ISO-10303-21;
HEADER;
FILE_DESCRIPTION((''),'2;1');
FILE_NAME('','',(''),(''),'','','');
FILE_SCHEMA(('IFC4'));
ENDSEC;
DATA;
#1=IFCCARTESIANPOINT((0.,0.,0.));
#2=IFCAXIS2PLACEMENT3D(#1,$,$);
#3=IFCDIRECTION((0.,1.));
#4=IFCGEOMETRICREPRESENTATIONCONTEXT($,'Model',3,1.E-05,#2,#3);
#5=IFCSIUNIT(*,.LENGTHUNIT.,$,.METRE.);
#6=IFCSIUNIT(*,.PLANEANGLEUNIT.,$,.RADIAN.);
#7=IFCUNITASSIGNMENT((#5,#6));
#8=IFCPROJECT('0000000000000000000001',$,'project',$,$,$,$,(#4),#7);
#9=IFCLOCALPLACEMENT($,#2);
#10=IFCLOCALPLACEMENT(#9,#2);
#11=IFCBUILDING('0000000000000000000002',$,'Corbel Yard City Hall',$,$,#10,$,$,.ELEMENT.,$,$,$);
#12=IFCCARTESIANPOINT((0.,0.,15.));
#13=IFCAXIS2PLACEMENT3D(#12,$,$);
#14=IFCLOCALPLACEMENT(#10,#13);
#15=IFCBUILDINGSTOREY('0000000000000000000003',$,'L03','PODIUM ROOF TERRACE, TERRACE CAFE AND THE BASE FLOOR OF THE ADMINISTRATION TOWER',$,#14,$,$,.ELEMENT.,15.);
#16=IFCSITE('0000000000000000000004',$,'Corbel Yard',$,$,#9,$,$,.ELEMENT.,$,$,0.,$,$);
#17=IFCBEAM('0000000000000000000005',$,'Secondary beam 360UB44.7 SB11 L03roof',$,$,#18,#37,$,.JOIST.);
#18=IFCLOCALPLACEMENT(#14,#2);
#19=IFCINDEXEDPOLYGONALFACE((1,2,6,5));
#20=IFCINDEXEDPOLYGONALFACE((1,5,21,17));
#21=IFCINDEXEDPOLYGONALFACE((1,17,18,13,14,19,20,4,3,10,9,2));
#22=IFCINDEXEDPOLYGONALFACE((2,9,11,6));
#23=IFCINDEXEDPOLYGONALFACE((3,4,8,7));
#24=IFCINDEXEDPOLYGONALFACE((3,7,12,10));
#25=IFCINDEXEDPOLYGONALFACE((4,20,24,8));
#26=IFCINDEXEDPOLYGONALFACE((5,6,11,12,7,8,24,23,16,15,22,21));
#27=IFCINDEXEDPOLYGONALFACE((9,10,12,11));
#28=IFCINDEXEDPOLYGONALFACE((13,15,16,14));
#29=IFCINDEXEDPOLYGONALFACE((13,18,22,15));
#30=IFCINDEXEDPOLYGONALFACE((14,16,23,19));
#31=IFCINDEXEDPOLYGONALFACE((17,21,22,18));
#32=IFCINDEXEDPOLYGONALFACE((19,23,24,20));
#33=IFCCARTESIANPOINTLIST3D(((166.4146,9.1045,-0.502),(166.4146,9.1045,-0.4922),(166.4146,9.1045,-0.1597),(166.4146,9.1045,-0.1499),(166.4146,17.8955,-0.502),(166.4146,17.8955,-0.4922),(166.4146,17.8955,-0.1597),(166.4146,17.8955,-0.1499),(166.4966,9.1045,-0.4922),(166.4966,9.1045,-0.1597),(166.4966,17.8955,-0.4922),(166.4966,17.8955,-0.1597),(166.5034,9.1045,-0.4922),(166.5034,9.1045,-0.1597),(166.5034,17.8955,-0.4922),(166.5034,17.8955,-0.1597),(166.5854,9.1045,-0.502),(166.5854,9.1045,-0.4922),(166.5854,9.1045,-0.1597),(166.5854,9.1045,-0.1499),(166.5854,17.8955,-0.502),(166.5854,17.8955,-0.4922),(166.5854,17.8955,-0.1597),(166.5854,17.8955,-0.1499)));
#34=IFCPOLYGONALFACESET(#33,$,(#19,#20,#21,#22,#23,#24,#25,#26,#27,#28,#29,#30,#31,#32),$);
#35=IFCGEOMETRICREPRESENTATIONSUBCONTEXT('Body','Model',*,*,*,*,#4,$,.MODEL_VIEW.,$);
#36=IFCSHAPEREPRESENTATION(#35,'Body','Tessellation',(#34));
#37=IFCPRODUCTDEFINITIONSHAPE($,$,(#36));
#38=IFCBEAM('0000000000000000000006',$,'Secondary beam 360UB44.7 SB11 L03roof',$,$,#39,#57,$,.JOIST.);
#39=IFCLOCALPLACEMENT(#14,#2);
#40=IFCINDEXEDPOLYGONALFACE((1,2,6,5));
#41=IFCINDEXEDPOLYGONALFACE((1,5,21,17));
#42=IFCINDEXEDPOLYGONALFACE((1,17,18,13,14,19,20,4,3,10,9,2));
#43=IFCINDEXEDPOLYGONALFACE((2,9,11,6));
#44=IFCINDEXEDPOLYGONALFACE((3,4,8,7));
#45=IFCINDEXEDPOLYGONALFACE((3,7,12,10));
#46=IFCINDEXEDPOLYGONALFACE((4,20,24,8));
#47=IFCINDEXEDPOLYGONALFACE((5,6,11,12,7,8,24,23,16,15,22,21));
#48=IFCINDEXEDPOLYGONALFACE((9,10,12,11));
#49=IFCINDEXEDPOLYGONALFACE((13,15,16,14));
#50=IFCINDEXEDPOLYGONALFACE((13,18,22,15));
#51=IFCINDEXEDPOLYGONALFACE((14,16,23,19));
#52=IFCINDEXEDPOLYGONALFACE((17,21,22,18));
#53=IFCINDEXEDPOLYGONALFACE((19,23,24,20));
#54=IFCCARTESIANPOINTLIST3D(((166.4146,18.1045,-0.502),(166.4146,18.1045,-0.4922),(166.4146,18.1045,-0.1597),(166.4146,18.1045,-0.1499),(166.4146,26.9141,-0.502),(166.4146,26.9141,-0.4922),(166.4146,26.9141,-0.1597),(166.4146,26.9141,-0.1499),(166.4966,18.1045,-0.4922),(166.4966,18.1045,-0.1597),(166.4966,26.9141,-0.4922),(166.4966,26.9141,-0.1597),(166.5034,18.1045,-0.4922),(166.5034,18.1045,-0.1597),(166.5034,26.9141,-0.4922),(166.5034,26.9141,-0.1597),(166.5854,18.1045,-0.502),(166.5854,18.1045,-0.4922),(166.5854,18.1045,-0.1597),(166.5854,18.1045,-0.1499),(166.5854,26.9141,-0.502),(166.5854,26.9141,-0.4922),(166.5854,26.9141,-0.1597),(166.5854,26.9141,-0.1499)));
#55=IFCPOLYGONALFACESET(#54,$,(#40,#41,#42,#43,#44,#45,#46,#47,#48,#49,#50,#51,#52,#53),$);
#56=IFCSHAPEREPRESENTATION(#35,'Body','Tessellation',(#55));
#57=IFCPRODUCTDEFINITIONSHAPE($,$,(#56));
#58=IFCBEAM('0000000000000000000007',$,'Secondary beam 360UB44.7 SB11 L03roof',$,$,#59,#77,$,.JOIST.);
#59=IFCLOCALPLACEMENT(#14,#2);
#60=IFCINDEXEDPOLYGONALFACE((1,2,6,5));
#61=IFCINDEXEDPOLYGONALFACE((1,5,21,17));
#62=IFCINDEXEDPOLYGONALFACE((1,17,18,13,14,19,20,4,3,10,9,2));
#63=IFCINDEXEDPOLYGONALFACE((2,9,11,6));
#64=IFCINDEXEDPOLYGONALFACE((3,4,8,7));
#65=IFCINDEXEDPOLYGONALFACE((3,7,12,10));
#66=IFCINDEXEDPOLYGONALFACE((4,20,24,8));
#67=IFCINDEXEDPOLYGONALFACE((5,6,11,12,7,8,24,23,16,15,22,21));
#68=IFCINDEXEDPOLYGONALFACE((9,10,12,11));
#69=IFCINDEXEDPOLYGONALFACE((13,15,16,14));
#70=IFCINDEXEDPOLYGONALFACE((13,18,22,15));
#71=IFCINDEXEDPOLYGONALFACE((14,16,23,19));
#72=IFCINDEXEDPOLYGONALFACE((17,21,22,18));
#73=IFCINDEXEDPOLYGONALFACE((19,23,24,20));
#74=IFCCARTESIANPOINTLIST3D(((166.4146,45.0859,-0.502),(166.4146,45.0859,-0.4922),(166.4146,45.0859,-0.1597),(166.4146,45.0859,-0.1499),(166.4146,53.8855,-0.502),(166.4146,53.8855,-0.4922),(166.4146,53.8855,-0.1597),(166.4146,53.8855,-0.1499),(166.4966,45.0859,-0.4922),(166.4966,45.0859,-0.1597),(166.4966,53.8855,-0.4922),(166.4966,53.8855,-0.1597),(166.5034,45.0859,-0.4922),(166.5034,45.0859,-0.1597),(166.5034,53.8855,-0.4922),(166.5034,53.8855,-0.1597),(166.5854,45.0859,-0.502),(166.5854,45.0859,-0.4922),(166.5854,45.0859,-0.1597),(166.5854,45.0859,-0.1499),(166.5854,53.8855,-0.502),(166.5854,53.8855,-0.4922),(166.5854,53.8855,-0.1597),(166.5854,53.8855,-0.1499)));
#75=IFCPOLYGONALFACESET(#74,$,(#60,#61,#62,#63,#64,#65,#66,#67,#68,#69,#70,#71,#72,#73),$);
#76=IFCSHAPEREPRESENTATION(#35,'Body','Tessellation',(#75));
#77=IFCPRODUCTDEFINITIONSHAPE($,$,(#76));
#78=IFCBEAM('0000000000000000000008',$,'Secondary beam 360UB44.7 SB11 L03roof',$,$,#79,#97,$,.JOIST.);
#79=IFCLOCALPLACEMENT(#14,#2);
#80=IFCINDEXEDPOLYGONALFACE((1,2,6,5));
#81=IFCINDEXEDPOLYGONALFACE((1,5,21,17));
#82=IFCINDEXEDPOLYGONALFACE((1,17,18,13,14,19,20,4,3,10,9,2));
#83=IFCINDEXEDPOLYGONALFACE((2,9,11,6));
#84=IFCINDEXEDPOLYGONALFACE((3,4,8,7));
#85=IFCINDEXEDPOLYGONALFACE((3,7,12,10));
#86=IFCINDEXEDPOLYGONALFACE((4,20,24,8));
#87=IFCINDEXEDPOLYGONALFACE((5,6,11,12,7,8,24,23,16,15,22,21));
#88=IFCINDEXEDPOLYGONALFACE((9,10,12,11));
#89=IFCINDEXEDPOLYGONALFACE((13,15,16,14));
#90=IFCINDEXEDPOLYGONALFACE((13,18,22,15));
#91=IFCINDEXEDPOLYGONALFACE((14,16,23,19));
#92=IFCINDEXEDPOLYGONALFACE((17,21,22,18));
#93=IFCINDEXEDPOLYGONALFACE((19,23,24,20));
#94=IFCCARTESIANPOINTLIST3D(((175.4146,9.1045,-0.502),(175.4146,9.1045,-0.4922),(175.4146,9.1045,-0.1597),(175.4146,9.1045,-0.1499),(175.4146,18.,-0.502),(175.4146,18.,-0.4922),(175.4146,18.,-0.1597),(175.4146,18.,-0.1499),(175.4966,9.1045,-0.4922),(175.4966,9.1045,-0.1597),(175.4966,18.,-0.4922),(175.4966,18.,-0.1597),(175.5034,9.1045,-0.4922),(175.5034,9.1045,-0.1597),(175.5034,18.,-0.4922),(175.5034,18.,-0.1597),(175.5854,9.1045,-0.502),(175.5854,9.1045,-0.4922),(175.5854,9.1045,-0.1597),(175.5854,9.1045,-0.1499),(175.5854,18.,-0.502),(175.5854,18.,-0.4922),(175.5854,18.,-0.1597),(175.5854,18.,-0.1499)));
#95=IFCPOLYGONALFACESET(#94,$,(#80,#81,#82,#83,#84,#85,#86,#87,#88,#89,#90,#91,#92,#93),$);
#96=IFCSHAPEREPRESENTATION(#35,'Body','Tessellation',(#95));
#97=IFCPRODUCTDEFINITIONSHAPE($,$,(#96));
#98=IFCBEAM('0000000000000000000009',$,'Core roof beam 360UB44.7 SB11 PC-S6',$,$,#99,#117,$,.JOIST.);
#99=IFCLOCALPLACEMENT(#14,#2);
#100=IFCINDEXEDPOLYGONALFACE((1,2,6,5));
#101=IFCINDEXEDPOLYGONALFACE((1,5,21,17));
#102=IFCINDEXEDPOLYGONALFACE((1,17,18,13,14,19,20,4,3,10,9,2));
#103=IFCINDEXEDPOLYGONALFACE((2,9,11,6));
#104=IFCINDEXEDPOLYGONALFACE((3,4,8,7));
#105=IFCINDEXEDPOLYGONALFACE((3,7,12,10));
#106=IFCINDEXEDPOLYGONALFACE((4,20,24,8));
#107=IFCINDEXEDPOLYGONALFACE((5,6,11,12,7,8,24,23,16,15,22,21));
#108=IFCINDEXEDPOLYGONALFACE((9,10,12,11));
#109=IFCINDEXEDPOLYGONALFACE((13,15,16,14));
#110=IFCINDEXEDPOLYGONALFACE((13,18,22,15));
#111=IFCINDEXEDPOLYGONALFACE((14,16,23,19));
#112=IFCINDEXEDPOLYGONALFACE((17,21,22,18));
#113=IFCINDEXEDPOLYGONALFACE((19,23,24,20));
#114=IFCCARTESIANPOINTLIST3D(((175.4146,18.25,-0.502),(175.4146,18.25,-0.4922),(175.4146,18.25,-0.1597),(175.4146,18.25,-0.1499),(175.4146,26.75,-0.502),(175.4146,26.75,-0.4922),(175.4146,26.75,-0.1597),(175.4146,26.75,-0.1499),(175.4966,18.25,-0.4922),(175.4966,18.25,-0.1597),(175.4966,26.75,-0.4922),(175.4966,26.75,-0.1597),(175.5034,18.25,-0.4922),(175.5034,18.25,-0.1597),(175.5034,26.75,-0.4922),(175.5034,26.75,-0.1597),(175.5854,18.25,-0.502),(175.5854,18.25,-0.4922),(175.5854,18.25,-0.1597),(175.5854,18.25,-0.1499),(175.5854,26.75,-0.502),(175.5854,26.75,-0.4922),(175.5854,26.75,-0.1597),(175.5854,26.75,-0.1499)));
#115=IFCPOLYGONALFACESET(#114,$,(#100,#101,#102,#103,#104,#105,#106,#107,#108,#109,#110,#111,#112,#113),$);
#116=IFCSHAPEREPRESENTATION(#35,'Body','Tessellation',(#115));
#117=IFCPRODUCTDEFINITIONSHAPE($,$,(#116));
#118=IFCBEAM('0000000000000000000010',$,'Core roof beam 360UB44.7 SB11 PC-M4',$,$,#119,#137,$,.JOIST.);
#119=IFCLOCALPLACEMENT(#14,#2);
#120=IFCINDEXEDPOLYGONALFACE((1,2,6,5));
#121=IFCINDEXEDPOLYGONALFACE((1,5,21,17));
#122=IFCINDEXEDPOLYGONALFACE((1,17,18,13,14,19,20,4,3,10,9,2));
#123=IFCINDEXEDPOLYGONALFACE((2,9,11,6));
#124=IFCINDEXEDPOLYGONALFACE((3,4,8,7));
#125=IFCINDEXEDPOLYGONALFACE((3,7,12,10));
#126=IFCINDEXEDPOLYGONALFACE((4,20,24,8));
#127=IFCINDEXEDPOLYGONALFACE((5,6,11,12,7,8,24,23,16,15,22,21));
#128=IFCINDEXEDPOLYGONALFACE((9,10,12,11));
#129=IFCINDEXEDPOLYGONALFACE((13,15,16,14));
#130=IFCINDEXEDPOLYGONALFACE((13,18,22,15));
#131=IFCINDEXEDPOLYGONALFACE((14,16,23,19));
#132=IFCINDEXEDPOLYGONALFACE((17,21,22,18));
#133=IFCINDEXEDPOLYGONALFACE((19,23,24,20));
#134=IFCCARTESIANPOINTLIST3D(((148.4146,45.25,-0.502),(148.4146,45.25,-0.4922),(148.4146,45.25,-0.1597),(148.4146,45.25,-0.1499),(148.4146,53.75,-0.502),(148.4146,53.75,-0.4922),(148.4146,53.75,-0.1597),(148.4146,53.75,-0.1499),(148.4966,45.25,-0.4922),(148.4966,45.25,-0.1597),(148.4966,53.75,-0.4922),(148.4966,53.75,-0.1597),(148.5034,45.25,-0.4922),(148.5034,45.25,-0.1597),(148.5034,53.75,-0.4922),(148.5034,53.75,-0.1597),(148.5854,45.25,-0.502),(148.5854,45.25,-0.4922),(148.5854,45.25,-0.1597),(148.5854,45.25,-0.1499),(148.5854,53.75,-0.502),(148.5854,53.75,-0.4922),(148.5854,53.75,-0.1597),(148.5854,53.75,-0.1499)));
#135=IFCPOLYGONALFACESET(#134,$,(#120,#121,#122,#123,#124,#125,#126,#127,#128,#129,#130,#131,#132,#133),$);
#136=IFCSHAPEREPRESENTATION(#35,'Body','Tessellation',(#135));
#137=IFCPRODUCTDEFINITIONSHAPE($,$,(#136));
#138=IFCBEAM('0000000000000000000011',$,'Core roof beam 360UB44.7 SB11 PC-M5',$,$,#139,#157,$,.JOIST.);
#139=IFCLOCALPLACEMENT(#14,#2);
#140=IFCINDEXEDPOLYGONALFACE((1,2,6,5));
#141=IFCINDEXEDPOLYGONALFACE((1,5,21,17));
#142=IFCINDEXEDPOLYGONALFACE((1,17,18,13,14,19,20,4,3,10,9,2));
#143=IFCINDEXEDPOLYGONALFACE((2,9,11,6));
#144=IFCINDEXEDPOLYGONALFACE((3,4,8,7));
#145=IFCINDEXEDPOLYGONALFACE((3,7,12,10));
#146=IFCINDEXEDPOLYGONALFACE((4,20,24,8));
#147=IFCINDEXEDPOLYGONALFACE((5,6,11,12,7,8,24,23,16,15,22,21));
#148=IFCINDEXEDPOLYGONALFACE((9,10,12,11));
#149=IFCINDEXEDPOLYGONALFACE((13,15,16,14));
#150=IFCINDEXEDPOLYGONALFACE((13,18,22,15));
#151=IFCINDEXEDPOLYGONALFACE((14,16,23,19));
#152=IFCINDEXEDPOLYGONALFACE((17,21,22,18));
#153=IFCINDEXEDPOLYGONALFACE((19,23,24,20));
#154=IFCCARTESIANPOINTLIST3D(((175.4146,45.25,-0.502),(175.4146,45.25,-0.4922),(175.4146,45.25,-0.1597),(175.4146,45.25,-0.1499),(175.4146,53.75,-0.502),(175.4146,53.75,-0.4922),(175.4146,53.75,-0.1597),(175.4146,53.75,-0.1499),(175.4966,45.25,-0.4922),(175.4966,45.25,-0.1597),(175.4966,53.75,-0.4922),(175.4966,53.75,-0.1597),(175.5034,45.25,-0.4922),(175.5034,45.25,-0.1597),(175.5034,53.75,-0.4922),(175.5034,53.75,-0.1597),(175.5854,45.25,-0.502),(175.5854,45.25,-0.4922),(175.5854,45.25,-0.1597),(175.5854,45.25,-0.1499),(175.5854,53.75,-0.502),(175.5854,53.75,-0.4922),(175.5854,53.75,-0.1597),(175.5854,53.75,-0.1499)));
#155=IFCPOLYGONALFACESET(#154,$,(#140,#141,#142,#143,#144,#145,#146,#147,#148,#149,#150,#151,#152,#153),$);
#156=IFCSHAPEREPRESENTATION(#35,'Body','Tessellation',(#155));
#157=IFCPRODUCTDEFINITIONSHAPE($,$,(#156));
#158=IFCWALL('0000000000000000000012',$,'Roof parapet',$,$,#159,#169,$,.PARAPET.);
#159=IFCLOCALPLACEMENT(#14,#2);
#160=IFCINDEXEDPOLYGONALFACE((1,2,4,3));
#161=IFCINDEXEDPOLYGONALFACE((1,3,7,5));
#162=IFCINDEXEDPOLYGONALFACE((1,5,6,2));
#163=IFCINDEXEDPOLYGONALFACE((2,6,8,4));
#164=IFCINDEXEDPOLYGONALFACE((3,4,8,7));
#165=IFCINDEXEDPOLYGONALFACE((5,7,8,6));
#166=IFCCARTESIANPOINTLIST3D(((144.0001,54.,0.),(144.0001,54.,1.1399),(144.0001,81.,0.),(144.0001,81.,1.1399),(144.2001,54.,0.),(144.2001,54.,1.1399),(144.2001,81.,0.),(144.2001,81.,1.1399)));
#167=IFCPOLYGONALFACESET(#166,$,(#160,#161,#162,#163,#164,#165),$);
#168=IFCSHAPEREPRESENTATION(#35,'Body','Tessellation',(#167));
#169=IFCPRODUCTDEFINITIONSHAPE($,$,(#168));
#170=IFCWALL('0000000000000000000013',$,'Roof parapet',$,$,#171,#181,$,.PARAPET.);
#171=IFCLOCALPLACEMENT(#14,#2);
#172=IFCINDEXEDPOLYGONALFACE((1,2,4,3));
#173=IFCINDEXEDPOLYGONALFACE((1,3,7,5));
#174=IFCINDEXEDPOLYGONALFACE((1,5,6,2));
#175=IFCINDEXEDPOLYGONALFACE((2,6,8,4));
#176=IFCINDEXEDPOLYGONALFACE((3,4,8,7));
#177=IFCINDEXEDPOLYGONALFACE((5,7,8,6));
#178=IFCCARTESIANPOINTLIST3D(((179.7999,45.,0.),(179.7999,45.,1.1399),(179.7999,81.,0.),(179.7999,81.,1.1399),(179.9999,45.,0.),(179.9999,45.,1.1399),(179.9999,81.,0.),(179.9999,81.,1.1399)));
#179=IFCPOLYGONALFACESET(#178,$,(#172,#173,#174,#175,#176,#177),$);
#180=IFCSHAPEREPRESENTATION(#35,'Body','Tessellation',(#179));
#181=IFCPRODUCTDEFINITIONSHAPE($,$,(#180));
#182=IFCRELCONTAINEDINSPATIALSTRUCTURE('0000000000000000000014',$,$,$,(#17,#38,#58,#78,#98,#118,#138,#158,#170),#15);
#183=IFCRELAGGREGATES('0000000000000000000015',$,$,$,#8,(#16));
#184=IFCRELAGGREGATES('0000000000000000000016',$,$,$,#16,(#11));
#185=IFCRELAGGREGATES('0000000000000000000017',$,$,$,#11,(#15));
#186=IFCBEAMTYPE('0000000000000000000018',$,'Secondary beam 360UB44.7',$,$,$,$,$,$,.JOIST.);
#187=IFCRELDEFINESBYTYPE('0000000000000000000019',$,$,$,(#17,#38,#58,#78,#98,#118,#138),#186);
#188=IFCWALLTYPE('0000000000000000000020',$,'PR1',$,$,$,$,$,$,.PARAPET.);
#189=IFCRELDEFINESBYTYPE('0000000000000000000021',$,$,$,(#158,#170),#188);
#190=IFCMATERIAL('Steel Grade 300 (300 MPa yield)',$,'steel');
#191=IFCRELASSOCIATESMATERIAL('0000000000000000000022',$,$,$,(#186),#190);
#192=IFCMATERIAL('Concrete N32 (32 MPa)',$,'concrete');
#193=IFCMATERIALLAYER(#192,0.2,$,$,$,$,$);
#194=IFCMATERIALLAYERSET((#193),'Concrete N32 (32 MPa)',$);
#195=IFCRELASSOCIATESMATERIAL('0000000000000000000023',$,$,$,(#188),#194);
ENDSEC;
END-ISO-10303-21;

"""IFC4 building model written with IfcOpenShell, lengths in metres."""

from ifc_helpers import new_model, si_unit, direction, frame, frame_2d, origin, origin_2d, place, context, subcontext, project, spatial, rectangle, i_section, extrude, material, layer, layer_set, material_profile, profile_set, type_object, element, save


model = new_model("IFC4")

# Units and contexts
model_context = context("Model", 3, precision=1e-05, world=origin(), true_north=direction((0.0, 1.0)))
body_context = subcontext(model_context, "Body", "Model", "MODEL_VIEW")
ifc_project = project(units=[si_unit("LENGTHUNIT", "METRE"), si_unit("PLANEANGLEUNIT", "RADIAN")], contexts=[model_context])

# Site, building, storey
site_placement = place(None, origin())
site = spatial("IfcSite", under=ifc_project, at=site_placement, Name="Corbel Yard", CompositionType="ELEMENT", RefElevation=0.0)
building_placement = place(site_placement, origin())
building = spatial("IfcBuilding", under=site, at=building_placement, Name="Corbel Yard City Hall", CompositionType="ELEMENT")
storey_placement = place(building_placement, frame((0.0, 0.0, 15.0)))
storey = spatial("IfcBuildingStorey", under=building, at=storey_placement, Name="L03", Description="PODIUM ROOF TERRACE, TERRACE CAFE AND THE BASE FLOOR OF THE ADMINISTRATION TOWER", CompositionType="ELEMENT", Elevation=15.0)

# Beams
ifc_material_1 = material(Name="Steel Grade 300 (300 MPa yield)", Category="steel")
ifc_material_profile_1 = material_profile(ifc_material_1, i_section(OverallWidth=0.1709, OverallDepth=0.3521, WebThickness=0.0068, FlangeThickness=0.0098, at=origin_2d()), Name="360UB44.7")
ifc_profile_set_1 = profile_set([ifc_material_profile_1], Name="Steel Grade 300 (300 MPa yield)")
beam_type_1 = type_object("IfcBeamType", Name="Secondary beam 360UB44.7", PredefinedType="JOIST", material=ifc_profile_set_1)
beam_1_placement = place(storey_placement, frame((166.5, 9.1045, -0.3259), z_axis=(0.0, 1.0, 0.0), x_axis=(-1.0, 0.0, 0.0)))
element("IfcBeam", 1, at=beam_1_placement, inside=storey, type_object=beam_type_1, Name="Secondary beam 360UB44.7 SB11 L03roof", PredefinedType="JOIST", context=body_context, shape_type="SweptSolid", body=[
    extrude(i_section(OverallWidth=0.1709, OverallDepth=0.3521, WebThickness=0.0068, FlangeThickness=0.0098, at=origin_2d()), origin(), (0.0, 0.0, 1.0), 8.791),
])
beam_2_placement = place(storey_placement, frame((166.5, 18.1045, -0.3259), z_axis=(0.0, 1.0, 0.0), x_axis=(-1.0, 0.0, 0.0)))
element("IfcBeam", 2, at=beam_2_placement, inside=storey, type_object=beam_type_1, Name="Secondary beam 360UB44.7 SB11 L03roof", PredefinedType="JOIST", context=body_context, shape_type="SweptSolid", body=[
    extrude(i_section(OverallWidth=0.1709, OverallDepth=0.3521, WebThickness=0.0068, FlangeThickness=0.0098, at=origin_2d()), origin(), (0.0, 0.0, 1.0), 8.8096),
])
beam_3_placement = place(storey_placement, frame((166.5, 45.0859, -0.3259), z_axis=(0.0, 1.0, 0.0), x_axis=(-1.0, 0.0, 0.0)))
element("IfcBeam", 3, at=beam_3_placement, inside=storey, type_object=beam_type_1, Name="Secondary beam 360UB44.7 SB11 L03roof", PredefinedType="JOIST", context=body_context, shape_type="SweptSolid", body=[
    extrude(i_section(OverallWidth=0.1709, OverallDepth=0.3521, WebThickness=0.0068, FlangeThickness=0.0098, at=origin_2d()), origin(), (0.0, 0.0, 1.0), 8.7996),
])
beam_4_placement = place(storey_placement, frame((175.5, 9.1045, -0.3259), z_axis=(0.0, 1.0, 0.0), x_axis=(-1.0, 0.0, 0.0)))
element("IfcBeam", 4, at=beam_4_placement, inside=storey, type_object=beam_type_1, Name="Secondary beam 360UB44.7 SB11 L03roof", PredefinedType="JOIST", context=body_context, shape_type="SweptSolid", body=[
    extrude(i_section(OverallWidth=0.1709, OverallDepth=0.3521, WebThickness=0.0068, FlangeThickness=0.0098, at=origin_2d()), origin(), (0.0, 0.0, 1.0), 8.8955),
])
for number, where, z_axis, x_axis, name in (
    (5, (175.5, 18.25, -0.3259), (0.0, 1.0, 0.0), (-1.0, 0.0, 0.0), "Core roof beam 360UB44.7 SB11 PC-S6"),
    (6, (148.5, 45.25, -0.3259), (0.0, 1.0, 0.0), (-1.0, 0.0, 0.0), "Core roof beam 360UB44.7 SB11 PC-M4"),
    (7, (175.5, 45.25, -0.3259), (0.0, 1.0, 0.0), (-1.0, 0.0, 0.0), "Core roof beam 360UB44.7 SB11 PC-M5"),
):
    element("IfcBeam", number, at=place(storey_placement, frame(where, z_axis=z_axis, x_axis=x_axis)), inside=storey, type_object=beam_type_1, Name=name, PredefinedType="JOIST", context=body_context, shape_type="SweptSolid", body=[
        extrude(i_section(OverallWidth=0.1709, OverallDepth=0.3521, WebThickness=0.0068, FlangeThickness=0.0098, at=origin_2d()), origin(), (0.0, 0.0, 1.0), 8.5),
    ])

# Walls
ifc_material_2 = material(Name="Concrete N32 (32 MPa)", Category="concrete")
ifc_layer = layer(ifc_material_2, 0.2)
ifc_layer_set = layer_set([ifc_layer], Name="Concrete N32 (32 MPa)")
wall_type = type_object("IfcWallType", Name="PR1", PredefinedType="PARAPET", material=ifc_layer_set)
wall_1_placement = place(storey_placement, frame((144.1001, 54.0, 0.0), z_axis=(0.0, 0.0, 1.0), x_axis=(0.0, 1.0, 0.0)))
element("IfcWall", 8, at=wall_1_placement, inside=storey, type_object=wall_type, Name="Roof parapet", PredefinedType="PARAPET", context=body_context, shape_type="SweptSolid", body=[
    extrude(rectangle(XDim=27.0, YDim=0.2, at=frame_2d((13.5, 0.0))), origin(), (0.0, 0.0, 1.0), 1.1399),
])
wall_2_placement = place(storey_placement, frame((179.8999, 45.0, 0.0), z_axis=(0.0, 0.0, 1.0), x_axis=(0.0, 1.0, 0.0)))
element("IfcWall", 9, at=wall_2_placement, inside=storey, type_object=wall_type, Name="Roof parapet", PredefinedType="PARAPET", context=body_context, shape_type="SweptSolid", body=[
    extrude(rectangle(XDim=36.0, YDim=0.2, at=frame_2d((18.0, 0.0))), origin(), (0.0, 0.0, 1.0), 1.1399),
])

save(model, "model.ifc")
